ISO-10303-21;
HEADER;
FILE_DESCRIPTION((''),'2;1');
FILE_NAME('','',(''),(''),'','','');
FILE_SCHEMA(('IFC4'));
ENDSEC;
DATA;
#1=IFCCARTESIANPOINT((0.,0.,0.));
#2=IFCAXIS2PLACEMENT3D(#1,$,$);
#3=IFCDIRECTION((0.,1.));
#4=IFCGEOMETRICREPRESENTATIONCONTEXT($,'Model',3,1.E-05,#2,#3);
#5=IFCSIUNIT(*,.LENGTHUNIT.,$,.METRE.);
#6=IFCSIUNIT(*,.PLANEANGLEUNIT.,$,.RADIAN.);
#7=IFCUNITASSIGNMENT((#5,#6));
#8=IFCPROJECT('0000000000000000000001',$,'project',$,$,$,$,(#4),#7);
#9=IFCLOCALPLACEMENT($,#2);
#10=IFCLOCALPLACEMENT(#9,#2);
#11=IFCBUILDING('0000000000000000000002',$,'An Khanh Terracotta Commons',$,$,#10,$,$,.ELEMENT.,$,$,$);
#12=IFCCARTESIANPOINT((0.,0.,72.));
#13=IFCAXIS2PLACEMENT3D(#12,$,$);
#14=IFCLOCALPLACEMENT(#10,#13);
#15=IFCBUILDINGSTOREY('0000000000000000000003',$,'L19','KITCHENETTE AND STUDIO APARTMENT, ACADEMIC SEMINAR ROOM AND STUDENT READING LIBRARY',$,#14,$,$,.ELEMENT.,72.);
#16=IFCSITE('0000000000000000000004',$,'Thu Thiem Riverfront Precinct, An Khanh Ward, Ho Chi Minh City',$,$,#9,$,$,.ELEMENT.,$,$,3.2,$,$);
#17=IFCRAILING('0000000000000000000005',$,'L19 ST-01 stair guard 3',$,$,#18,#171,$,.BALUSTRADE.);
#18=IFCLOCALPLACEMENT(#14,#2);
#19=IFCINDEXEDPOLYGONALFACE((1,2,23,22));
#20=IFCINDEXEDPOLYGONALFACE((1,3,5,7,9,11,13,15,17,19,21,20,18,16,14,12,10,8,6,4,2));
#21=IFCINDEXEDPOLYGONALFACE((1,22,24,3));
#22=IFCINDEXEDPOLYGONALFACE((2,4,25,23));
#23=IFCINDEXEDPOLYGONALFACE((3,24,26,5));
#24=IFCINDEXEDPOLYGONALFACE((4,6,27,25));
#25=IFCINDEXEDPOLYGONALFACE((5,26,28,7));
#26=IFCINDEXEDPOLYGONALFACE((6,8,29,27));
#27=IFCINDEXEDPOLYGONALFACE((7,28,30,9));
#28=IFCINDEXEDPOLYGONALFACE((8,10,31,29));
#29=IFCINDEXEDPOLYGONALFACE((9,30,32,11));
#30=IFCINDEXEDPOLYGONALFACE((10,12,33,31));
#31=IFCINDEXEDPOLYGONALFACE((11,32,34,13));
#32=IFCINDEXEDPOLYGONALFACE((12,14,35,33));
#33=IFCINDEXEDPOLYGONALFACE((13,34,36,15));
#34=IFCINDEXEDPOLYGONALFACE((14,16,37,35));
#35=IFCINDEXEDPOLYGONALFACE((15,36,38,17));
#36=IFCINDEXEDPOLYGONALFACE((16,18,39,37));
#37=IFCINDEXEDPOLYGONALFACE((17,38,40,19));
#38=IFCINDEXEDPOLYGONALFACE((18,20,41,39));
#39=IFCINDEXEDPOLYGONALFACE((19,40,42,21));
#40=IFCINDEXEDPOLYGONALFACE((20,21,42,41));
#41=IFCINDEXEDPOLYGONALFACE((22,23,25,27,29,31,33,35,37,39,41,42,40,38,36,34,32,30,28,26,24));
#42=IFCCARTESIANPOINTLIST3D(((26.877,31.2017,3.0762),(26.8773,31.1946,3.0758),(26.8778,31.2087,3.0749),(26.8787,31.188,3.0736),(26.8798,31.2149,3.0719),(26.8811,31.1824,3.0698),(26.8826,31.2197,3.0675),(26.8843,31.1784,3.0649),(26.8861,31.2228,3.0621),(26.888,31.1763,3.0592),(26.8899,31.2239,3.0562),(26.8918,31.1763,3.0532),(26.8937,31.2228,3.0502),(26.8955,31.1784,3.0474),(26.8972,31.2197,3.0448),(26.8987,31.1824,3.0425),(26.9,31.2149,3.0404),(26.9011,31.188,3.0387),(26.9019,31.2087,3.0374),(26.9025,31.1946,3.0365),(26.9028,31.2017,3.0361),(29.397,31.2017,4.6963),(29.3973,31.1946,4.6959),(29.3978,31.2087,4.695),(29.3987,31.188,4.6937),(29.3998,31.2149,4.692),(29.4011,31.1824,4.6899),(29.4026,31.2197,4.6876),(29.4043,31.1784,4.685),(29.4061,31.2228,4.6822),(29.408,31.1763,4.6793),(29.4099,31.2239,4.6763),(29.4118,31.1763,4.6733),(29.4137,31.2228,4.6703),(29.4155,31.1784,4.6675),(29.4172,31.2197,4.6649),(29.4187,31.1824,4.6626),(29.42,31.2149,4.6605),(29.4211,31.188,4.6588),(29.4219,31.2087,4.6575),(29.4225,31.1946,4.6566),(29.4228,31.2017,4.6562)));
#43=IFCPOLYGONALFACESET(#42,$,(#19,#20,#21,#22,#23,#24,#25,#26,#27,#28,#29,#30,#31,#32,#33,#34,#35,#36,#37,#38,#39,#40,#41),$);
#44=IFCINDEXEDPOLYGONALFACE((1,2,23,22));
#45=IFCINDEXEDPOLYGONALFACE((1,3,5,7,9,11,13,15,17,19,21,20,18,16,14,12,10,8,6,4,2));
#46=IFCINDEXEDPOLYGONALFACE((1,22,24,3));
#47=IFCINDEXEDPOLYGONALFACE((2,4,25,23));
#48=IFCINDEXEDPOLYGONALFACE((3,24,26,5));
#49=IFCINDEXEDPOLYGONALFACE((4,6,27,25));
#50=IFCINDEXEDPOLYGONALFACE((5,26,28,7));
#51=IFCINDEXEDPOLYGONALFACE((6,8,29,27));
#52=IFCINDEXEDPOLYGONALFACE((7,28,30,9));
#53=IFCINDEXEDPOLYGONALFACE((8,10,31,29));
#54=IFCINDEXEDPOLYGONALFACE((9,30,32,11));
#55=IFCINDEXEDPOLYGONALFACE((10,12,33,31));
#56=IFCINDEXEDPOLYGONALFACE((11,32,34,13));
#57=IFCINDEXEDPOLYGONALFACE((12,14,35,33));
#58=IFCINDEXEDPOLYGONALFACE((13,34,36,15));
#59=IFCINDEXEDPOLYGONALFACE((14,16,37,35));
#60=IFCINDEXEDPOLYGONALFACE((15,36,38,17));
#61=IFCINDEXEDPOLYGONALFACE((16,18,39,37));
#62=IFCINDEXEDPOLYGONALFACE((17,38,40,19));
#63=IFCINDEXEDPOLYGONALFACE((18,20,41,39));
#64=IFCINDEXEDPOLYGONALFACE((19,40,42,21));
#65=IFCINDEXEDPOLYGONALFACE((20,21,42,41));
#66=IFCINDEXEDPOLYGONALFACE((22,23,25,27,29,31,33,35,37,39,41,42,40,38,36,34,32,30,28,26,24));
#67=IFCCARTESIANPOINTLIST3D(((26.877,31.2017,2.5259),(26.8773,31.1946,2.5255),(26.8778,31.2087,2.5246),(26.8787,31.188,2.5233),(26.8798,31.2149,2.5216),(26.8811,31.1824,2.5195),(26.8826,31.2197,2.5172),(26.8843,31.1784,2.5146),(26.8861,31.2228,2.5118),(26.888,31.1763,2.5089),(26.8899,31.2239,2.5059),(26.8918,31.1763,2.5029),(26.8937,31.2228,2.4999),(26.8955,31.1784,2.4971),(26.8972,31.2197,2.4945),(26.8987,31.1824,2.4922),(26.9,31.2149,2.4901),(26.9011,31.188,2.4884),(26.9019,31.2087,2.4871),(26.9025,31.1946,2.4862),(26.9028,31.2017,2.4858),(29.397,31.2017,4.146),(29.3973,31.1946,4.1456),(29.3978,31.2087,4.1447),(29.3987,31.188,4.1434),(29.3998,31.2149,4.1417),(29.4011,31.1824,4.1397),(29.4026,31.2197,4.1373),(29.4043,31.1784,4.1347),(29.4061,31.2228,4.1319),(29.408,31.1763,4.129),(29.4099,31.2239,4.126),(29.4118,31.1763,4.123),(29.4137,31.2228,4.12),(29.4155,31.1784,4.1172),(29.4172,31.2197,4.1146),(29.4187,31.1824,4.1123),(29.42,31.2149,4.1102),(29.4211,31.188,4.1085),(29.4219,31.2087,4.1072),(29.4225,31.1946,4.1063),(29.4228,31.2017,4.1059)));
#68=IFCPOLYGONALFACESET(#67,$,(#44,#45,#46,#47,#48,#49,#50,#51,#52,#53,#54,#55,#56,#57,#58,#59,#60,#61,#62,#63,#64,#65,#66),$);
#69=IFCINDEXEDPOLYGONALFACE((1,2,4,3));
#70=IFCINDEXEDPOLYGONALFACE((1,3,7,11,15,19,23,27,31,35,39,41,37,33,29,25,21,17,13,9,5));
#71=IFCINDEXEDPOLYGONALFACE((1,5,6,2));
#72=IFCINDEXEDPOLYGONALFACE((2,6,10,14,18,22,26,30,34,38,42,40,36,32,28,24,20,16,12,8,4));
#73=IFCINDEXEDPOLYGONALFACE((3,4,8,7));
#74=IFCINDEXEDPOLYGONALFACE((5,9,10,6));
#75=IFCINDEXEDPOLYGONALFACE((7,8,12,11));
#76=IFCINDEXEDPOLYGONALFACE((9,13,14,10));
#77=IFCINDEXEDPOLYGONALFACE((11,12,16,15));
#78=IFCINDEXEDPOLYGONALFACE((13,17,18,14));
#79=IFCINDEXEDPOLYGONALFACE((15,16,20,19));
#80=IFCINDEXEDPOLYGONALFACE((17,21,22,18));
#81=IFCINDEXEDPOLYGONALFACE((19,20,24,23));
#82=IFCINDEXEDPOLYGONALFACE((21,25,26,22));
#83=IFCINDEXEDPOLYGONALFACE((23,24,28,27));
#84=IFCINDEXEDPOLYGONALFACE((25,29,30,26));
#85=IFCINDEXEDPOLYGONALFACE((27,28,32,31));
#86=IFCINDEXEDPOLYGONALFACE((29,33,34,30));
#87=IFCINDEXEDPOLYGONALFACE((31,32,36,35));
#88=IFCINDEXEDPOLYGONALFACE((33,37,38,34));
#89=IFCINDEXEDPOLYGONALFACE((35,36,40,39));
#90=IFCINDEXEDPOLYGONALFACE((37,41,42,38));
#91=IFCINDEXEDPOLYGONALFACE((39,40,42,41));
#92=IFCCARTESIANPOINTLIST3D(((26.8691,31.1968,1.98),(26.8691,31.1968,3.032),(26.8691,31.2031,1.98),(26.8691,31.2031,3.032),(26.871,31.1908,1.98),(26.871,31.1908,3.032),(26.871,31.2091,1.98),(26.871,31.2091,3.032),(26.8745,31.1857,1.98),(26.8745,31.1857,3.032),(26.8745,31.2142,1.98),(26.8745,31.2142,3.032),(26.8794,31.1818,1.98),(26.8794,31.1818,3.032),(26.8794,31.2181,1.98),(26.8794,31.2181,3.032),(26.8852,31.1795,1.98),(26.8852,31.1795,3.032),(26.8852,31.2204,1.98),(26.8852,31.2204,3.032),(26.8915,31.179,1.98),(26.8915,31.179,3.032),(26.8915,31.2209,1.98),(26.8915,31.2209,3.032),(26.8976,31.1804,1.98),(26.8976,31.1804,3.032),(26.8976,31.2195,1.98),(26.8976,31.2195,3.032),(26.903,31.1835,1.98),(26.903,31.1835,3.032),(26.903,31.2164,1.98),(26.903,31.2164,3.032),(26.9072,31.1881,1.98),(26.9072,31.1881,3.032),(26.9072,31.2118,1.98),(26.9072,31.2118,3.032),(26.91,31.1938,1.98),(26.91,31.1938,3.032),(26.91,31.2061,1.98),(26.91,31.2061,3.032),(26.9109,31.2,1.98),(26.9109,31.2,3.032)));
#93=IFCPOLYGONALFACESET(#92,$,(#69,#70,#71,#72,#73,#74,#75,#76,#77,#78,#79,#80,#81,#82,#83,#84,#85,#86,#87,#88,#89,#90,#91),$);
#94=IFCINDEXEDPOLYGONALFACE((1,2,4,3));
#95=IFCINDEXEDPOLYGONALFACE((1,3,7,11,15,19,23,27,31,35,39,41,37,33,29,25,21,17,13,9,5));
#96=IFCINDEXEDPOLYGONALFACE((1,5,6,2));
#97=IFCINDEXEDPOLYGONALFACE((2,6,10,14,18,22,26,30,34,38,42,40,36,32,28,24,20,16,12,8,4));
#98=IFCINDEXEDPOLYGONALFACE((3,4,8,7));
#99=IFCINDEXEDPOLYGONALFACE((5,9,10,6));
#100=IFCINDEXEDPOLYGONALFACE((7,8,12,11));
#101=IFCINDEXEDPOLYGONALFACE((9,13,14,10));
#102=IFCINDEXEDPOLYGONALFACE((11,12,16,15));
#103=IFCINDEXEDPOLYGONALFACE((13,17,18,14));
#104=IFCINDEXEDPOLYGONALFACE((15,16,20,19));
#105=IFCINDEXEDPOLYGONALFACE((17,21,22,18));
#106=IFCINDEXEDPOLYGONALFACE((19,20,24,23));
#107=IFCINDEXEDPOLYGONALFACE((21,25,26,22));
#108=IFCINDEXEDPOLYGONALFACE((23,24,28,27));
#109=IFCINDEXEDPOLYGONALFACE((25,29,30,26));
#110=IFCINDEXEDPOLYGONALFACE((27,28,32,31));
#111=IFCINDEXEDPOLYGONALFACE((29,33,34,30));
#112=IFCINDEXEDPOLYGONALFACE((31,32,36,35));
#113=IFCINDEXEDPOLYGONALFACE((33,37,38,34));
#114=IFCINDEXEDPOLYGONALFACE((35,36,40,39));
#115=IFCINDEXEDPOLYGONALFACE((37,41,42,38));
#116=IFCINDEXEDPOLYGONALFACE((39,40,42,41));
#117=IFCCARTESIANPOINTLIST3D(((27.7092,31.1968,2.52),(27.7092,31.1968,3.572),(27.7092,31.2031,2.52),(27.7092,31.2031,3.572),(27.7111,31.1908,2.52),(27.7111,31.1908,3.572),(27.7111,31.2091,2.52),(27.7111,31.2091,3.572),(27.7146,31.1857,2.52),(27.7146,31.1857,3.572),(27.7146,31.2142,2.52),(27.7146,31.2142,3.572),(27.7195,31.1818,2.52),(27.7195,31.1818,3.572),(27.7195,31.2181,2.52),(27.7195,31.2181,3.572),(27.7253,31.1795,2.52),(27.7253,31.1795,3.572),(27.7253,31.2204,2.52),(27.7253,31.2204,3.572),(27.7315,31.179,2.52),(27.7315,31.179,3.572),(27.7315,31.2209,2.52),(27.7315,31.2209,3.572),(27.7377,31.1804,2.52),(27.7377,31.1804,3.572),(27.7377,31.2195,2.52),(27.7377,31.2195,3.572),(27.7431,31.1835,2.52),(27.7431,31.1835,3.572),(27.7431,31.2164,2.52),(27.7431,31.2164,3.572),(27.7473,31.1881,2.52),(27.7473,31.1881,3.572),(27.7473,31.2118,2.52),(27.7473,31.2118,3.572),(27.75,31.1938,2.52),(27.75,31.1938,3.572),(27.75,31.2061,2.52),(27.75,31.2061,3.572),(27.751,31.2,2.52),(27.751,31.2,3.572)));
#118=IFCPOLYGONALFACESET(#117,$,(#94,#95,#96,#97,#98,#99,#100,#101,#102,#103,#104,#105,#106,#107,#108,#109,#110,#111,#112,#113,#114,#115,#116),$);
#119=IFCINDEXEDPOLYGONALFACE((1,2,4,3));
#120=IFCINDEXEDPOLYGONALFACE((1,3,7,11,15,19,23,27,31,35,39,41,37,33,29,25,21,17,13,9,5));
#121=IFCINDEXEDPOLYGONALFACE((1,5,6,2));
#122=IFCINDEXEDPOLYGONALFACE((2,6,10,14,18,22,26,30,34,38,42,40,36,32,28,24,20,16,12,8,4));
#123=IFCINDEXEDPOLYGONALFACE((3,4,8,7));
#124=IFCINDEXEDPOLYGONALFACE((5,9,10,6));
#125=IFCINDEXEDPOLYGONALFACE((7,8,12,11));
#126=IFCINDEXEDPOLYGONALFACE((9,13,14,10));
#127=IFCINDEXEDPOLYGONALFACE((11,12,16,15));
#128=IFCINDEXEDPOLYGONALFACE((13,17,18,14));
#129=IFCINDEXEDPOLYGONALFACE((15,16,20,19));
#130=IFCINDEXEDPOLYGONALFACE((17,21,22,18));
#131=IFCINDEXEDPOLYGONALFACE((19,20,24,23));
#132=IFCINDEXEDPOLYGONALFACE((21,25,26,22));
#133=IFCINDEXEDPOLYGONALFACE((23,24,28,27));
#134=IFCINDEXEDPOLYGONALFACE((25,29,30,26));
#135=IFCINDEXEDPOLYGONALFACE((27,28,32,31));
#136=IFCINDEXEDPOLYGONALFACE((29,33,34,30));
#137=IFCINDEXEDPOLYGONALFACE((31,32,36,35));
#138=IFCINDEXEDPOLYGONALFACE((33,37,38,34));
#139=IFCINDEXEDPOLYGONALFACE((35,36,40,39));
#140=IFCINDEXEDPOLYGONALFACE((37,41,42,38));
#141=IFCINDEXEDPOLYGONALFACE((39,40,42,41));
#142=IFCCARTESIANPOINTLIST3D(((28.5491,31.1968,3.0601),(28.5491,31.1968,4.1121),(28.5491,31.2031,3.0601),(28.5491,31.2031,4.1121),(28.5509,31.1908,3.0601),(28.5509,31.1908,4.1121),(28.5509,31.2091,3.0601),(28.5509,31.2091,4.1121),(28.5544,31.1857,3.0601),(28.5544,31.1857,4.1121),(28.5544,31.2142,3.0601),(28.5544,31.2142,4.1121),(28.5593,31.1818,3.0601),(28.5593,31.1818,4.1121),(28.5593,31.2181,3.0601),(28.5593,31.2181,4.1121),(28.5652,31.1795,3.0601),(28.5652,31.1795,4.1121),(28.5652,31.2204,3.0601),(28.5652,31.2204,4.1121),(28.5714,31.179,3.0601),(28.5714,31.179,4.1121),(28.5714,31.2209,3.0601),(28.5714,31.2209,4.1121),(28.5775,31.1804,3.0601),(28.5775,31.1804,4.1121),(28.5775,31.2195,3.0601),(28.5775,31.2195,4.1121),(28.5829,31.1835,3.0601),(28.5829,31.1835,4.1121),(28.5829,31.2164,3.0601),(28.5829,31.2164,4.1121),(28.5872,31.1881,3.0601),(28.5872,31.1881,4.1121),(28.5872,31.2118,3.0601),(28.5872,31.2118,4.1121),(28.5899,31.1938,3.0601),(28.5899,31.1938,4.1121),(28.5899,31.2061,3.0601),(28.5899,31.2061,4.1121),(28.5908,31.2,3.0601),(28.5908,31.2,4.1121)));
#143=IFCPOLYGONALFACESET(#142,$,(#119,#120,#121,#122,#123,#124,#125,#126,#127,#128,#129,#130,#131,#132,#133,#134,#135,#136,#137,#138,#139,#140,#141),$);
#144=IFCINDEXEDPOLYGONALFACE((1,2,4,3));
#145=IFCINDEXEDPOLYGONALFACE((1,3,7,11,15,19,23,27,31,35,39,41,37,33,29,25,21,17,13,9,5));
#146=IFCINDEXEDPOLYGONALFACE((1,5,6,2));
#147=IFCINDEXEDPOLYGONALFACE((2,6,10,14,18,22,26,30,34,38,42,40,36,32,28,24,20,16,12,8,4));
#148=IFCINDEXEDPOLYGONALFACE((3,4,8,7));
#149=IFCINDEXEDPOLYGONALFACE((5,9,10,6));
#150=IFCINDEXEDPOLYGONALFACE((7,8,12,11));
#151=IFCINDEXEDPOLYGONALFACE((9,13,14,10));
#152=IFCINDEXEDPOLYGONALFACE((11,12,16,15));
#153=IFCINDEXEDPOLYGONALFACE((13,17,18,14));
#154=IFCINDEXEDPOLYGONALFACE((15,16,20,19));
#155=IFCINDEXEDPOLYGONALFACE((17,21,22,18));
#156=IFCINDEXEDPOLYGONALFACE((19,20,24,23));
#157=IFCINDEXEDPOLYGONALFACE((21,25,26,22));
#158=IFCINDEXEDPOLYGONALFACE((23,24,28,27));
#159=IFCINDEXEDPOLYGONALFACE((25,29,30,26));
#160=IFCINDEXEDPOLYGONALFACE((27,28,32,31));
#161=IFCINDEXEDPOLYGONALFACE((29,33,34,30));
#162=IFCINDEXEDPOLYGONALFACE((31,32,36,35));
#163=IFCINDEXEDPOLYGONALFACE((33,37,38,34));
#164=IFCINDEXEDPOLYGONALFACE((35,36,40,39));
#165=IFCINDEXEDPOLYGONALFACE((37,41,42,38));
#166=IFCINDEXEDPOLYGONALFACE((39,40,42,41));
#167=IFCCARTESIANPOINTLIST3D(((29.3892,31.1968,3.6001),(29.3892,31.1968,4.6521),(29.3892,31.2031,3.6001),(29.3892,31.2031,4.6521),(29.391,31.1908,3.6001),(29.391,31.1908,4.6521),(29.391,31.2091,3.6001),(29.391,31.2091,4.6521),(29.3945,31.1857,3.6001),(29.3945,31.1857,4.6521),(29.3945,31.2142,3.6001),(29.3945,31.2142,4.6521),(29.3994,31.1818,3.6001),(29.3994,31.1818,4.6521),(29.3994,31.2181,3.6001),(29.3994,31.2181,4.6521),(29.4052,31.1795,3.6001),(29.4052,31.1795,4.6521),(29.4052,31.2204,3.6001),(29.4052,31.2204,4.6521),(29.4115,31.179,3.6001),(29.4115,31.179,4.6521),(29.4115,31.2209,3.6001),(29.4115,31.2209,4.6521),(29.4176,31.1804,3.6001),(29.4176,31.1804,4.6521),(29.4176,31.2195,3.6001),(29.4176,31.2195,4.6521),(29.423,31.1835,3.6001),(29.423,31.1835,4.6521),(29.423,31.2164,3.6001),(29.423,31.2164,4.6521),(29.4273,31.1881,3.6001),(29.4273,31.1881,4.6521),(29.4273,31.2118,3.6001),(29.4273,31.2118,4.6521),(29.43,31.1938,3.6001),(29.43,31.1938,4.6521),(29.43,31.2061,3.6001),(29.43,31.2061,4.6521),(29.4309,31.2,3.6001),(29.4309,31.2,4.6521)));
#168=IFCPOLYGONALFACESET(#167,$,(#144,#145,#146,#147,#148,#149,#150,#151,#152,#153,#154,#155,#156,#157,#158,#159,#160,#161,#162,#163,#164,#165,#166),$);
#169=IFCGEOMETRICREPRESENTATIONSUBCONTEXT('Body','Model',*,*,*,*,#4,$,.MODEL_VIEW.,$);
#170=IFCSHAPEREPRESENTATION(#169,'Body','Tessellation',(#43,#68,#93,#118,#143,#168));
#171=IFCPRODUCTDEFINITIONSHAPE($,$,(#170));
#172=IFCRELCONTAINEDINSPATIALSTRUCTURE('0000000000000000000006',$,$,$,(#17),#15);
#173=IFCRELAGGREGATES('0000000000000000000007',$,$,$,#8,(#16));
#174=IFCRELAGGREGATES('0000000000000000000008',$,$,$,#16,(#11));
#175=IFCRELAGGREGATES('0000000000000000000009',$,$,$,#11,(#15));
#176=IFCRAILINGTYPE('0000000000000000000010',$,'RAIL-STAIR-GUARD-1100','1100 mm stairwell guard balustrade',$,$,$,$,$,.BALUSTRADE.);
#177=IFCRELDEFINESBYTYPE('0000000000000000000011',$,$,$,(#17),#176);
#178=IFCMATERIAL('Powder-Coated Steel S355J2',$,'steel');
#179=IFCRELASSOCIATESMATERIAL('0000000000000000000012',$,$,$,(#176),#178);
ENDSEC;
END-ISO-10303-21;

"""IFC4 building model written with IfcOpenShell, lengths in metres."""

from ifc_helpers import new_model, si_unit, direction, frame, origin, origin_2d, place, context, subcontext, project, spatial, circle, extrude, material, type_object, element, save


model = new_model("IFC4")

# Units and contexts
model_context = context("Model", 3, precision=1e-05, world=origin(), true_north=direction((0.0, 1.0)))
body_context = subcontext(model_context, "Body", "Model", "MODEL_VIEW")
ifc_project = project(units=[si_unit("LENGTHUNIT", "METRE"), si_unit("PLANEANGLEUNIT", "RADIAN")], contexts=[model_context])

# Site, building, storey
site_placement = place(None, origin())
site = spatial("IfcSite", under=ifc_project, at=site_placement, Name="Thu Thiem Riverfront Precinct, An Khanh Ward, Ho Chi Minh City", CompositionType="ELEMENT", RefElevation=3.2)
building_placement = place(site_placement, origin())
building = spatial("IfcBuilding", under=site, at=building_placement, Name="An Khanh Terracotta Commons", CompositionType="ELEMENT")
storey_placement = place(building_placement, frame((0.0, 0.0, 72.0)))
storey = spatial("IfcBuildingStorey", under=building, at=storey_placement, Name="L19", Description="KITCHENETTE AND STUDIO APARTMENT, ACADEMIC SEMINAR ROOM AND STUDENT READING LIBRARY", CompositionType="ELEMENT", Elevation=72.0)

# Railing
ifc_material_1 = material(Name="Powder-Coated Steel S355J2", Category="steel")
railing_type_1 = type_object("IfcRailingType", Name="RAIL-STAIR-GUARD-1100", Description="1100 mm stairwell guard balustrade", PredefinedType="BALUSTRADE", material=ifc_material_1)
railing_1_placement = place(storey_placement, frame((26.8899, 31.2, 1.98)))
element("IfcRailing", 1, at=railing_1_placement, inside=storey, type_object=railing_type_1, Name="L19 ST-01 stair guard 3", PredefinedType="BALUSTRADE", context=body_context, shape_type="SweptSolid", body=[
    extrude(circle(Radius=0.0239, at=origin_2d()), frame((0.0, 0.0, 1.0762), z_axis=(0.841163, 0.0, 0.540782), x_axis=(0.0, 1.0, 0.0)), (0.0, 0.0, 1.0), 2.9958),
    extrude(circle(Radius=0.0239, at=origin_2d()), frame((0.0, 0.0, 0.5259), z_axis=(0.841163, 0.0, 0.540782), x_axis=(0.0, 1.0, 0.0)), (0.0, 0.0, 1.0), 2.9958),
    extrude(circle(Radius=0.021, at=origin_2d()), origin(), (0.0, 0.0, 1.0), 1.052),
    extrude(circle(Radius=0.021, at=origin_2d()), frame((0.8401, 0.0, 0.54)), (0.0, 0.0, 1.0), 1.052),
    extrude(circle(Radius=0.021, at=origin_2d()), frame((1.6799, 0.0, 1.0801)), (0.0, 0.0, 1.0), 1.052),
    extrude(circle(Radius=0.021, at=origin_2d()), frame((2.52, 0.0, 1.6201)), (0.0, 0.0, 1.0), 1.052),
])

save(model, "model.ifc")
